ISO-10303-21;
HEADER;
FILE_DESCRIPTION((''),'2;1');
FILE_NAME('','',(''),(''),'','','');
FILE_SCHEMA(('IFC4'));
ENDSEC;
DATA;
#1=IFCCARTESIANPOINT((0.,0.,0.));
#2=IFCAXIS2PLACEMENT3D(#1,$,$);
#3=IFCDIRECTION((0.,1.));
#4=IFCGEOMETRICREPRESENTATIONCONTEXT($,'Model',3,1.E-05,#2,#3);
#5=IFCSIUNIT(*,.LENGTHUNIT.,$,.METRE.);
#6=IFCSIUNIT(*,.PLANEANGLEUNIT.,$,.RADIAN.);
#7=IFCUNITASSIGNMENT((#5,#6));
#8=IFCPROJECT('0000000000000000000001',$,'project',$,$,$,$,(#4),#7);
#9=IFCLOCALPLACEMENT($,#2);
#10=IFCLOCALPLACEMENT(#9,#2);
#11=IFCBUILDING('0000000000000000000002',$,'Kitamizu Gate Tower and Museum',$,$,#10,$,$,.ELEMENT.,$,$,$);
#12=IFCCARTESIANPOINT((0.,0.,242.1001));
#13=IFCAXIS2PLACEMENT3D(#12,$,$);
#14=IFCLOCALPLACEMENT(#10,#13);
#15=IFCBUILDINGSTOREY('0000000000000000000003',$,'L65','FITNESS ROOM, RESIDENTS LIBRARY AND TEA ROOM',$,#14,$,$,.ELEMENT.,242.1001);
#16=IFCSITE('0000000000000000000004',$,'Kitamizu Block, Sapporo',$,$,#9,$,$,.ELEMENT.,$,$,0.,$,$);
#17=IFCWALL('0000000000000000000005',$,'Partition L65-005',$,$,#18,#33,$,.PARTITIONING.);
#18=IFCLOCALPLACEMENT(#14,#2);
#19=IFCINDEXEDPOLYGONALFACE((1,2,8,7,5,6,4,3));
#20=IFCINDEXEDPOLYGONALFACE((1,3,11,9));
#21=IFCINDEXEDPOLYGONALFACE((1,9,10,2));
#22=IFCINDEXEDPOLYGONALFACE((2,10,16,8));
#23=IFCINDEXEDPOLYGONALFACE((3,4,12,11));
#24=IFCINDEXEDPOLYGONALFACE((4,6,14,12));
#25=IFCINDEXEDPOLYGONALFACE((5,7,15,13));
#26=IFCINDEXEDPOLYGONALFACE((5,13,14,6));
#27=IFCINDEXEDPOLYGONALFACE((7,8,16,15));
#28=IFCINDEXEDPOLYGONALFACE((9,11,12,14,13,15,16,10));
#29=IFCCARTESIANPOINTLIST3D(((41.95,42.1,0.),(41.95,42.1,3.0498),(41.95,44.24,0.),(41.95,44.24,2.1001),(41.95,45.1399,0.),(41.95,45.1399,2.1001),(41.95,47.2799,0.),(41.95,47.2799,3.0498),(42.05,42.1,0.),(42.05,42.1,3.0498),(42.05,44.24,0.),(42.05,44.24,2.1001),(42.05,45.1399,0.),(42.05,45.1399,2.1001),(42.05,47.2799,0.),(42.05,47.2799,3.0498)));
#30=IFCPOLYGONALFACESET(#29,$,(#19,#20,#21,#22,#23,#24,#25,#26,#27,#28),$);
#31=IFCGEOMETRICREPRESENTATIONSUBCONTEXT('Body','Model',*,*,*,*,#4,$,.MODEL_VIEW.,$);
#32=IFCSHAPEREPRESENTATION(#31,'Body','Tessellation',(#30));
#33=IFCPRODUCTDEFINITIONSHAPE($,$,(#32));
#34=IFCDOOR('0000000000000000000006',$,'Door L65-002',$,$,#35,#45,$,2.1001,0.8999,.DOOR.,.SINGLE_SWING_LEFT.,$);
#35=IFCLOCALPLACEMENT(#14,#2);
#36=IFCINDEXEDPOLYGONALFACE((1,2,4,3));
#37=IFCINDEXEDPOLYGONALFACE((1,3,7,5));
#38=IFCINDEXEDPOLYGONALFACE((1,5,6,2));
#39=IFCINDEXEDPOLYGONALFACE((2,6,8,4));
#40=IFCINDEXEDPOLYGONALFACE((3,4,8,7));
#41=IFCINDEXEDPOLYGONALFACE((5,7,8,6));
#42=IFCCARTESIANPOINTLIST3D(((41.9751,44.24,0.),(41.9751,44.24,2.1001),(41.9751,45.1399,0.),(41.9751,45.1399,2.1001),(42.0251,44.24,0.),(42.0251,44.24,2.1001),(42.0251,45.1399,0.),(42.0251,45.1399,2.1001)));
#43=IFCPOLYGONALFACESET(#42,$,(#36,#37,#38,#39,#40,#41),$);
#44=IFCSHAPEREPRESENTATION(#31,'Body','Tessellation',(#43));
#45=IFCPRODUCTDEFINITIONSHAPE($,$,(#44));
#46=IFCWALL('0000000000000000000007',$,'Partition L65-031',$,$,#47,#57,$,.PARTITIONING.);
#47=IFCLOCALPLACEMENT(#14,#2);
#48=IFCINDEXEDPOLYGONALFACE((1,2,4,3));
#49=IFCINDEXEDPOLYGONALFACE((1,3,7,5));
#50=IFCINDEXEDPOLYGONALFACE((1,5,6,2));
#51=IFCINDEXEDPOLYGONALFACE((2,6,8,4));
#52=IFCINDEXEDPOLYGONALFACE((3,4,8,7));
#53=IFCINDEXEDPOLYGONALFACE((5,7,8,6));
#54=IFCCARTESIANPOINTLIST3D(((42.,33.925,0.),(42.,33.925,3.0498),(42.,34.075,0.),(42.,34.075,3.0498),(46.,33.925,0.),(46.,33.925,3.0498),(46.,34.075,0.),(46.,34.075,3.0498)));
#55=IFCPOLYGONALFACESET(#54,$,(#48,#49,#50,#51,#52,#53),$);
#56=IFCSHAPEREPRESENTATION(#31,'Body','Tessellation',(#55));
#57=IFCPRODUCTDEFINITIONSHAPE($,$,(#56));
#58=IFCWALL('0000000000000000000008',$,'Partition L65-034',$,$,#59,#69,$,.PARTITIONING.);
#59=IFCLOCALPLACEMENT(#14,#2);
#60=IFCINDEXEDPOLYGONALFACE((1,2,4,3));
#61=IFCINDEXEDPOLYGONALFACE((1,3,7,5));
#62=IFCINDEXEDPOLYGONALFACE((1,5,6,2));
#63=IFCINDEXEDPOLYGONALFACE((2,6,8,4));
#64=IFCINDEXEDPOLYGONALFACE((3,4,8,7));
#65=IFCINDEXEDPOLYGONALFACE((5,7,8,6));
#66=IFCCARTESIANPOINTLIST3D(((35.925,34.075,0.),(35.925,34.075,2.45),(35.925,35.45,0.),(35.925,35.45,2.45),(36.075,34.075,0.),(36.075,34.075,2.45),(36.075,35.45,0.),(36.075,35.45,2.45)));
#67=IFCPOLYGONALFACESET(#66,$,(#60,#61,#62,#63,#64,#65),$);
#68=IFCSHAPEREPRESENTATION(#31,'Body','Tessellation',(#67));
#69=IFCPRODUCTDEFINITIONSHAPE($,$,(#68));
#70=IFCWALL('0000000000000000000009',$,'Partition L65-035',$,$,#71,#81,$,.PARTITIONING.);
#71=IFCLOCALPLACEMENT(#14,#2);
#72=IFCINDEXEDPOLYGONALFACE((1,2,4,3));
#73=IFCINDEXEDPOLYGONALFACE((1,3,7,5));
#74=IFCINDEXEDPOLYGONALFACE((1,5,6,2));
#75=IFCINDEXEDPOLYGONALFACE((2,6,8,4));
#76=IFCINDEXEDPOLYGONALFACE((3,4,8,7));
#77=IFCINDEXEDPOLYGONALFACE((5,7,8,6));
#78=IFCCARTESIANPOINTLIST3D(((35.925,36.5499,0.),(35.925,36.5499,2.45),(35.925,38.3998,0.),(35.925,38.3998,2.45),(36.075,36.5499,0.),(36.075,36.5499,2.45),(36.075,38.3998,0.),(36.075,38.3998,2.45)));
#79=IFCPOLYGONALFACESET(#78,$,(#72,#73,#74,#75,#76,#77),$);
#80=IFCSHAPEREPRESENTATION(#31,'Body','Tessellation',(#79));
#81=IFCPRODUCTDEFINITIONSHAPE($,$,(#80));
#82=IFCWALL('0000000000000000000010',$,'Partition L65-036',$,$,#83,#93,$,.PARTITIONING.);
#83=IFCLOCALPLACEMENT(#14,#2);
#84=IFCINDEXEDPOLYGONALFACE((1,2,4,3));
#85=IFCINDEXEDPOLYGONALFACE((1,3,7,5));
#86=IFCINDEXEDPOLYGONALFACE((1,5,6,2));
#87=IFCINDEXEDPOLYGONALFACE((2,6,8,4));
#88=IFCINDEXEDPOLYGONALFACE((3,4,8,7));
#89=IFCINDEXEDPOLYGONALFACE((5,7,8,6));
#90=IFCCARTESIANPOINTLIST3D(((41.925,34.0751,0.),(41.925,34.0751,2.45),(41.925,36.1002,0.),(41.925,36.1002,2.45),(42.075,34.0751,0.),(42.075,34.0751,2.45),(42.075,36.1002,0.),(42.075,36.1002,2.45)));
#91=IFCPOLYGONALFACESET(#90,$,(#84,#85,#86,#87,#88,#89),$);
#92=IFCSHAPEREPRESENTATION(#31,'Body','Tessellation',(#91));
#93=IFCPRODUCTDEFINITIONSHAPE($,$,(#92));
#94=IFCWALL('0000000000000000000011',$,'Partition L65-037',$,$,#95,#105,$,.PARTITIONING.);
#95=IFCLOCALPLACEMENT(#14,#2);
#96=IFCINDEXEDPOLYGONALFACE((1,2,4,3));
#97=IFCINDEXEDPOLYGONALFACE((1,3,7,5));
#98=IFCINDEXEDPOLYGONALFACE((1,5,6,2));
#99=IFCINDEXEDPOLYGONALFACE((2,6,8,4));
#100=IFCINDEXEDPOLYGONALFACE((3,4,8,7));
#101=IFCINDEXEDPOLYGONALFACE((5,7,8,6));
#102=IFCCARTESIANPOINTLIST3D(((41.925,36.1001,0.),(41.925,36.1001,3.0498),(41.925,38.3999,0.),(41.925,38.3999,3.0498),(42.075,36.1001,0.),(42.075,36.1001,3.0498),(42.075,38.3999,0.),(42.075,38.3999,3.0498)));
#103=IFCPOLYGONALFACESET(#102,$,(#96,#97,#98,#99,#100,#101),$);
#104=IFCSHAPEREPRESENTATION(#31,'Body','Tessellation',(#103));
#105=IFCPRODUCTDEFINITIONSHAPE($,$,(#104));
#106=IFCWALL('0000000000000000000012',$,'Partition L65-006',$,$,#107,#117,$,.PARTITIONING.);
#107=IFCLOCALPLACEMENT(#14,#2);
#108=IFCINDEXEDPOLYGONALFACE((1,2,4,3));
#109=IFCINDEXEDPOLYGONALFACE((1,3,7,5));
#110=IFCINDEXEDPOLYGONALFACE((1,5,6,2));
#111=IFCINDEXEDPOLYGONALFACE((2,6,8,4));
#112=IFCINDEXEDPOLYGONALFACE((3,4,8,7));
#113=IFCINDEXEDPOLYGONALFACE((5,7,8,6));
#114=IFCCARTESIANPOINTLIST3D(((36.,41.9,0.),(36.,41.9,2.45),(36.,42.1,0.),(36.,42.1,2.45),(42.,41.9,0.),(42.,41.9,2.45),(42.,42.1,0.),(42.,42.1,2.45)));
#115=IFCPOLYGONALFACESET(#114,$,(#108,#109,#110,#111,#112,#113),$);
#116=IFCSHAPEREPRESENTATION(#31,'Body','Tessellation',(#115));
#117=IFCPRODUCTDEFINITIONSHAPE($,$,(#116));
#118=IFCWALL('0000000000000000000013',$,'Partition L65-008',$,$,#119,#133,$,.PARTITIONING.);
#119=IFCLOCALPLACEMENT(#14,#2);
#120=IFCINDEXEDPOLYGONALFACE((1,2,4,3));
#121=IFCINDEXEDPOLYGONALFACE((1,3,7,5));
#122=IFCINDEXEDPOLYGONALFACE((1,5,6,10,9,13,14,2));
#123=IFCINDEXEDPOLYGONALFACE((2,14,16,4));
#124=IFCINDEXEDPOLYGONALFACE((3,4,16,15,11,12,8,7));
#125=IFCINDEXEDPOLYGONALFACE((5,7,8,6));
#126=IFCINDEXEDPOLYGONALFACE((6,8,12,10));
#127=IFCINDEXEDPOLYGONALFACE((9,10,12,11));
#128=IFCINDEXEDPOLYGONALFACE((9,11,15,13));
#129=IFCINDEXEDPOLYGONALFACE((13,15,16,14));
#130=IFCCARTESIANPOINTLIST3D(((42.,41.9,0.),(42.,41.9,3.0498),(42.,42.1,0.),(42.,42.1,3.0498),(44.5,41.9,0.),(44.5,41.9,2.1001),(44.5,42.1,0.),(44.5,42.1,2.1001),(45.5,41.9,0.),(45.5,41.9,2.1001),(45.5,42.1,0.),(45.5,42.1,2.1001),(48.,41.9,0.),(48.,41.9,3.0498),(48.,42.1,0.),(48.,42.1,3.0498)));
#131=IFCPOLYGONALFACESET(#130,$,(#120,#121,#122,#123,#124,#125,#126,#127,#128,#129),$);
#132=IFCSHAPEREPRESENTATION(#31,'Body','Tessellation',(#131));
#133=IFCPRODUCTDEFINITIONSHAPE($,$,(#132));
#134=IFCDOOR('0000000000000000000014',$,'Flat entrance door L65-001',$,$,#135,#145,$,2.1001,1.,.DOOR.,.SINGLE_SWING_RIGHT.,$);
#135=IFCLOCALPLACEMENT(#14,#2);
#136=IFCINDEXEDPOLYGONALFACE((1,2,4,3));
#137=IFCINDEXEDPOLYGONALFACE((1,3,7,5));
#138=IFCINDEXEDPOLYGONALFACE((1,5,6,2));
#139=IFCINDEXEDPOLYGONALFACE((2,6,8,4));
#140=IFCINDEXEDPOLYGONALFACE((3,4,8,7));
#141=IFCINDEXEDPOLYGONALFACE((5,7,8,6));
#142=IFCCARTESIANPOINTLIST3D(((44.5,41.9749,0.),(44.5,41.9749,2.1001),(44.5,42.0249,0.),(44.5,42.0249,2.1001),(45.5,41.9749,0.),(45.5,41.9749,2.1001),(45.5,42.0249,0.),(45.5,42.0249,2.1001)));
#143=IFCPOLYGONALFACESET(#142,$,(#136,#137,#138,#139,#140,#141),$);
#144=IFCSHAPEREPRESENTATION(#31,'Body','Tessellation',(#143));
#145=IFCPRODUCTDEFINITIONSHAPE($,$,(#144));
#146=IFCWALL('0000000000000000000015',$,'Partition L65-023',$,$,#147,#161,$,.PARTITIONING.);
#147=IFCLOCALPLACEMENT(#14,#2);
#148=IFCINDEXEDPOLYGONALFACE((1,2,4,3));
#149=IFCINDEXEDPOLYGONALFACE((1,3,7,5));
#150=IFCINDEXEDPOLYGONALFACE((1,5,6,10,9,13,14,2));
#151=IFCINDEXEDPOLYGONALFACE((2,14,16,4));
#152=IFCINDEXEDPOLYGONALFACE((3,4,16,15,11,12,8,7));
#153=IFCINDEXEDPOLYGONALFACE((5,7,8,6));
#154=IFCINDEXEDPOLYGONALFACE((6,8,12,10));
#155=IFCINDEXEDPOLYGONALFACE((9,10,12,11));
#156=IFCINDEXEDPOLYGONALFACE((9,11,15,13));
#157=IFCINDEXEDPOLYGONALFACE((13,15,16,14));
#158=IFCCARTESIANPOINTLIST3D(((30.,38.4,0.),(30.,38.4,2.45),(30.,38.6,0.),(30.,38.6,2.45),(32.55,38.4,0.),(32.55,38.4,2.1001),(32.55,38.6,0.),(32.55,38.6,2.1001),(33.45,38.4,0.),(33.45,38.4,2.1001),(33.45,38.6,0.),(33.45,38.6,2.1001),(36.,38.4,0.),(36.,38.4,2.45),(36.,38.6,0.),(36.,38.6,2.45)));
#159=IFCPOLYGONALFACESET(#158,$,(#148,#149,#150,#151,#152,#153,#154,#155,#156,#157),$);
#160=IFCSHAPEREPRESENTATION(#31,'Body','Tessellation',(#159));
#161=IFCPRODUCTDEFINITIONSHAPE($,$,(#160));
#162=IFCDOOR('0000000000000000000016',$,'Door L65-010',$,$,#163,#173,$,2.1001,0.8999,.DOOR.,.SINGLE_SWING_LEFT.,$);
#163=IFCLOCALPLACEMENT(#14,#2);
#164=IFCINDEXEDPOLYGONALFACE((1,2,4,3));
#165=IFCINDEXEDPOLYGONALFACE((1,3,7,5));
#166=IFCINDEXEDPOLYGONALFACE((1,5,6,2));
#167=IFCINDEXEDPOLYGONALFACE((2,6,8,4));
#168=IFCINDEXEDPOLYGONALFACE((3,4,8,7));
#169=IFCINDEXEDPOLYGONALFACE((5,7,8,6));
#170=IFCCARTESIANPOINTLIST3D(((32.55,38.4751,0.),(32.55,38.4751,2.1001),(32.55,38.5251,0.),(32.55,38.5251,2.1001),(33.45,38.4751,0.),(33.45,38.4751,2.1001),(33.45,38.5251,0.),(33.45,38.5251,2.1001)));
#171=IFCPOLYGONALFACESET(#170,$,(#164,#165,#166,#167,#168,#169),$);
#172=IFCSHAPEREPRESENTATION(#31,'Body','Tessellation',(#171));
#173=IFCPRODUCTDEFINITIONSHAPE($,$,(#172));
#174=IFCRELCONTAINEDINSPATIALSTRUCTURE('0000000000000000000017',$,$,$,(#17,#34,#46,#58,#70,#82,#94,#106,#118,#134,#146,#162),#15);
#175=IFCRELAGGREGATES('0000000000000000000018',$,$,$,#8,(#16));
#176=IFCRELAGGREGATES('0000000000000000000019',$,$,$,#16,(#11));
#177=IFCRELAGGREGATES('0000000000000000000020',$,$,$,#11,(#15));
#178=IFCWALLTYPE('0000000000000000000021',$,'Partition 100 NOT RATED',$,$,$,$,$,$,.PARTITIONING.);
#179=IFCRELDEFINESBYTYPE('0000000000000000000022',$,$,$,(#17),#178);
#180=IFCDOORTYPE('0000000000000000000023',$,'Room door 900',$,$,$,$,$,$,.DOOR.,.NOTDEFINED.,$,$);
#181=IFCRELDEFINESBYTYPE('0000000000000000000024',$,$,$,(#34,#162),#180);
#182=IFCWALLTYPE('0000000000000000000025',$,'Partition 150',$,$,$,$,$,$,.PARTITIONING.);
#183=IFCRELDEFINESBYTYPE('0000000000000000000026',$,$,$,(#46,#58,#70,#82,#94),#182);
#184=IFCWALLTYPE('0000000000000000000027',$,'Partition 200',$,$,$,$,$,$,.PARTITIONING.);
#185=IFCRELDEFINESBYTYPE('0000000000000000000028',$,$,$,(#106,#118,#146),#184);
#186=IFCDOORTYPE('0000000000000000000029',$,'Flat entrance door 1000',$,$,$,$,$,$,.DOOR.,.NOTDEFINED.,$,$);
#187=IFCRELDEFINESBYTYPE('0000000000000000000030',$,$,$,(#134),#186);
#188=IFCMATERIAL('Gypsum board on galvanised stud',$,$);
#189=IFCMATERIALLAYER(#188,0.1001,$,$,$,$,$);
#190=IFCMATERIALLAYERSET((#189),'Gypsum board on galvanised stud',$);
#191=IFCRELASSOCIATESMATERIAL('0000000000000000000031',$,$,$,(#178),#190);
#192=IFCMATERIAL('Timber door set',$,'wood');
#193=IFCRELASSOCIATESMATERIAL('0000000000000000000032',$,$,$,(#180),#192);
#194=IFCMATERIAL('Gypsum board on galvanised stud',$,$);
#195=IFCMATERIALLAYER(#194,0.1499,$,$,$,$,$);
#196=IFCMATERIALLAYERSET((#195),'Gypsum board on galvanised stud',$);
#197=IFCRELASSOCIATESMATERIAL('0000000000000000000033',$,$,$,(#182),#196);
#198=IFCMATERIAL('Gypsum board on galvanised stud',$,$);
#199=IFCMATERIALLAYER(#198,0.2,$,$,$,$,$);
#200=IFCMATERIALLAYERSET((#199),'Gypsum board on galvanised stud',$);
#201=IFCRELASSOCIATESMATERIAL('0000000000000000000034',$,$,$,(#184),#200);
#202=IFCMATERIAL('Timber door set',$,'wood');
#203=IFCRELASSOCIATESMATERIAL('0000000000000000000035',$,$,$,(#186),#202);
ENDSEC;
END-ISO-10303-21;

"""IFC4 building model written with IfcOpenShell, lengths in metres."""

from ifc_helpers import new_model, si_unit, direction, frame, frame_2d, origin, place, context, subcontext, project, spatial, rectangle, extrude, material, layer, layer_set, type_object, element, fill, save


model = new_model("IFC4")

# Units and contexts
model_context = context("Model", 3, precision=1e-05, world=origin(), true_north=direction((0.0, 1.0)))
body_context = subcontext(model_context, "Body", "Model", "MODEL_VIEW")
ifc_project = project(units=[si_unit("LENGTHUNIT", "METRE"), si_unit("PLANEANGLEUNIT", "RADIAN")], contexts=[model_context])

# Site, building, storey
site_placement = place(None, origin())
site = spatial("IfcSite", under=ifc_project, at=site_placement, Name="Kitamizu Block, Sapporo", CompositionType="ELEMENT", RefElevation=0.0)
building_placement = place(site_placement, origin())
building = spatial("IfcBuilding", under=site, at=building_placement, Name="Kitamizu Gate Tower and Museum", CompositionType="ELEMENT")
storey_placement = place(building_placement, frame((0.0, 0.0, 242.1001)))
storey = spatial("IfcBuildingStorey", under=building, at=storey_placement, Name="L65", Description="FITNESS ROOM, RESIDENTS LIBRARY AND TEA ROOM", CompositionType="ELEMENT", Elevation=242.1001)

# Wall, opening, door
ifc_material_1 = material(Name="Gypsum board on galvanised stud")
ifc_layer_1 = layer(ifc_material_1, 0.1001)
ifc_layer_set_1 = layer_set([ifc_layer_1], Name="Gypsum board on galvanised stud")
wall_type_1 = type_object("IfcWallType", Name="Partition 100 NOT RATED", PredefinedType="PARTITIONING", material=ifc_layer_set_1)
ifc_material_2 = material(Name="Timber door set", Category="wood")
door_type_1 = type_object("IfcDoorType", Name="Room door 900", OperationType="NOTDEFINED", PredefinedType="DOOR", material=ifc_material_2)
wall_1_placement = place(storey_placement, frame((42.0, 42.1001, 0.0), z_axis=(0.0, 0.0, 1.0), x_axis=(0.0, 1.0, 0.0)))
wall_1 = element("IfcWall", 1, at=wall_1_placement, inside=storey, type_object=wall_type_1, Name="Partition L65-005", PredefinedType="PARTITIONING", context=body_context, shape_type="SweptSolid", body=[
    extrude(rectangle(XDim=5.1799, YDim=0.1001, at=frame_2d((2.5898, 0.0))), origin(), (0.0, 0.0, 1.0), 3.0498),
])
opening_1_placement = place(wall_1_placement, frame((2.1399, 0.0, 0.0)))
opening_1 = element("IfcOpeningElement", 2, at=opening_1_placement, cuts=wall_1, PredefinedType="OPENING", context=body_context, shape_type="SweptSolid", body=[
    extrude(rectangle(XDim=0.8999, YDim=2.1001, at=frame_2d((0.45, 1.05))), frame((0.0, 0.0601, 0.0), z_axis=(0.0, -1.0, 0.0), x_axis=(1.0, 0.0, 0.0)), (0.0, 0.0, 1.0), 0.1201),
])
door_1_placement = place(opening_1_placement, origin())
door_1 = element("IfcDoor", 3, at=door_1_placement, inside=storey, type_object=door_type_1, Name="Door L65-002", OperationType="SINGLE_SWING_LEFT", OverallHeight=2.1001, OverallWidth=0.8999, PredefinedType="DOOR", context=body_context, shape_type="SweptSolid", body=[
    extrude(rectangle(XDim=0.8999, YDim=2.1001, at=frame_2d((0.45, 1.05))), frame((0.0, 0.0249, 0.0), z_axis=(0.0, -1.0, 0.0), x_axis=(1.0, 0.0, 0.0)), (0.0, 0.0, 1.0), 0.05),
])
fill(opening_1, door_1)

# Walls
ifc_material_3 = material(Name="Gypsum board on galvanised stud")
ifc_layer_2 = layer(ifc_material_3, 0.1499)
ifc_layer_set_2 = layer_set([ifc_layer_2], Name="Gypsum board on galvanised stud")
wall_type_2 = type_object("IfcWallType", Name="Partition 150", PredefinedType="PARTITIONING", material=ifc_layer_set_2)
wall_2_placement = place(storey_placement, frame((46.0, 34.0, 0.0), z_axis=(0.0, 0.0, 1.0), x_axis=(-1.0, 0.0, 0.0)))
element("IfcWall", 4, at=wall_2_placement, inside=storey, type_object=wall_type_2, Name="Partition L65-031", PredefinedType="PARTITIONING", context=body_context, shape_type="SweptSolid", body=[
    extrude(rectangle(XDim=4.0, YDim=0.1499, at=frame_2d((2.0, 0.0))), origin(), (0.0, 0.0, 1.0), 3.0498),
])
wall_3_placement = place(storey_placement, frame((36.0, 34.075, 0.0), z_axis=(0.0, 0.0, 1.0), x_axis=(0.0, 1.0, 0.0)))
element("IfcWall", 5, at=wall_3_placement, inside=storey, type_object=wall_type_2, Name="Partition L65-034", PredefinedType="PARTITIONING", context=body_context, shape_type="SweptSolid", body=[
    extrude(rectangle(XDim=1.375, YDim=0.1499, at=frame_2d((0.6875, 0.0))), origin(), (0.0, 0.0, 1.0), 2.45),
])
wall_4_placement = place(storey_placement, frame((36.0, 36.55, 0.0), z_axis=(0.0, 0.0, 1.0), x_axis=(0.0, 1.0, 0.0)))
element("IfcWall", 6, at=wall_4_placement, inside=storey, type_object=wall_type_2, Name="Partition L65-035", PredefinedType="PARTITIONING", context=body_context, shape_type="SweptSolid", body=[
    extrude(rectangle(XDim=1.8499, YDim=0.1499, at=frame_2d((0.9248, 0.0))), origin(), (0.0, 0.0, 1.0), 2.45),
])
wall_5_placement = place(storey_placement, frame((42.0, 34.075, 0.0), z_axis=(0.0, 0.0, 1.0), x_axis=(0.0, 1.0, 0.0)))
element("IfcWall", 7, at=wall_5_placement, inside=storey, type_object=wall_type_2, Name="Partition L65-036", PredefinedType="PARTITIONING", context=body_context, shape_type="SweptSolid", body=[
    extrude(rectangle(XDim=2.0251, YDim=0.1499, at=frame_2d((1.0127, 0.0))), origin(), (0.0, 0.0, 1.0), 2.45),
])
wall_6_placement = place(storey_placement, frame((42.0, 36.1001, 0.0), z_axis=(0.0, 0.0, 1.0), x_axis=(0.0, 1.0, 0.0)))
element("IfcWall", 8, at=wall_6_placement, inside=storey, type_object=wall_type_2, Name="Partition L65-037", PredefinedType="PARTITIONING", context=body_context, shape_type="SweptSolid", body=[
    extrude(rectangle(XDim=2.2998, YDim=0.1499, at=frame_2d((1.1499, 0.0))), origin(), (0.0, 0.0, 1.0), 3.0498),
])
ifc_material_4 = material(Name="Gypsum board on galvanised stud")
ifc_layer_3 = layer(ifc_material_4, 0.2)
ifc_layer_set_3 = layer_set([ifc_layer_3], Name="Gypsum board on galvanised stud")
wall_type_3 = type_object("IfcWallType", Name="Partition 200", PredefinedType="PARTITIONING", material=ifc_layer_set_3)
wall_7_placement = place(storey_placement, frame((36.0, 42.0, 0.0), z_axis=(0.0, 0.0, 1.0), x_axis=(1.0, 0.0, 0.0)))
element("IfcWall", 9, at=wall_7_placement, inside=storey, type_object=wall_type_3, Name="Partition L65-006", PredefinedType="PARTITIONING", context=body_context, shape_type="SweptSolid", body=[
    extrude(rectangle(XDim=6.0, YDim=0.2, at=frame_2d((3.0, 0.0))), origin(), (0.0, 0.0, 1.0), 2.45),
])

# Walls, openings, doors
wall_8_placement = place(storey_placement, frame((42.0, 42.0, 0.0), z_axis=(0.0, 0.0, 1.0), x_axis=(1.0, 0.0, 0.0)))
wall_8 = element("IfcWall", 10, at=wall_8_placement, inside=storey, type_object=wall_type_3, Name="Partition L65-008", PredefinedType="PARTITIONING", context=body_context, shape_type="SweptSolid", body=[
    extrude(rectangle(XDim=6.0, YDim=0.2, at=frame_2d((3.0, 0.0))), origin(), (0.0, 0.0, 1.0), 3.0498),
])
opening_2_placement = place(wall_8_placement, frame((2.5, 0.0, 0.0)))
opening_2 = element("IfcOpeningElement", 11, at=opening_2_placement, cuts=wall_8, PredefinedType="OPENING", context=body_context, shape_type="SweptSolid", body=[
    extrude(rectangle(XDim=1.0, YDim=2.1001, at=frame_2d((0.5, 1.05))), frame((0.0, 0.1099, 0.0), z_axis=(0.0, -1.0, 0.0), x_axis=(1.0, 0.0, 0.0)), (0.0, 0.0, 1.0), 0.22),
])
ifc_material_5 = material(Name="Timber door set", Category="wood")
door_type_2 = type_object("IfcDoorType", Name="Flat entrance door 1000", OperationType="NOTDEFINED", PredefinedType="DOOR", material=ifc_material_5)
door_2_placement = place(opening_2_placement, origin())
door_2 = element("IfcDoor", 12, at=door_2_placement, inside=storey, type_object=door_type_2, Name="Flat entrance door L65-001", OperationType="SINGLE_SWING_RIGHT", OverallHeight=2.1001, OverallWidth=1.0, PredefinedType="DOOR", context=body_context, shape_type="SweptSolid", body=[
    extrude(rectangle(XDim=1.0, YDim=2.1001, at=frame_2d((0.5, 1.05))), frame((0.0, 0.0249, 0.0), z_axis=(0.0, -1.0, 0.0), x_axis=(1.0, 0.0, 0.0)), (0.0, 0.0, 1.0), 0.05),
])
fill(opening_2, door_2)
wall_9_placement = place(storey_placement, frame((36.0, 38.5, 0.0), z_axis=(0.0, 0.0, 1.0), x_axis=(-1.0, 0.0, 0.0)))
wall_9 = element("IfcWall", 13, at=wall_9_placement, inside=storey, type_object=wall_type_3, Name="Partition L65-023", PredefinedType="PARTITIONING", context=body_context, shape_type="SweptSolid", body=[
    extrude(rectangle(XDim=6.0, YDim=0.2, at=frame_2d((3.0, 0.0))), origin(), (0.0, 0.0, 1.0), 2.45),
])
opening_3_placement = place(wall_9_placement, frame((2.55, 0.0, 0.0)))
opening_3 = element("IfcOpeningElement", 14, at=opening_3_placement, cuts=wall_9, PredefinedType="OPENING", context=body_context, shape_type="SweptSolid", body=[
    extrude(rectangle(XDim=0.8999, YDim=2.1001, at=frame_2d((0.45, 1.05))), frame((0.0, 0.1099, 0.0), z_axis=(0.0, -1.0, 0.0), x_axis=(1.0, 0.0, 0.0)), (0.0, 0.0, 1.0), 0.22),
])
door_3_placement = place(opening_3_placement, origin())
door_3 = element("IfcDoor", 15, at=door_3_placement, inside=storey, type_object=door_type_1, Name="Door L65-010", OperationType="SINGLE_SWING_LEFT", OverallHeight=2.1001, OverallWidth=0.8999, PredefinedType="DOOR", context=body_context, shape_type="SweptSolid", body=[
    extrude(rectangle(XDim=0.8999, YDim=2.1001, at=frame_2d((0.45, 1.05))), frame((0.0, 0.0249, 0.0), z_axis=(0.0, -1.0, 0.0), x_axis=(1.0, 0.0, 0.0)), (0.0, 0.0, 1.0), 0.05),
])
fill(opening_3, door_3)

save(model, "model.ifc")
